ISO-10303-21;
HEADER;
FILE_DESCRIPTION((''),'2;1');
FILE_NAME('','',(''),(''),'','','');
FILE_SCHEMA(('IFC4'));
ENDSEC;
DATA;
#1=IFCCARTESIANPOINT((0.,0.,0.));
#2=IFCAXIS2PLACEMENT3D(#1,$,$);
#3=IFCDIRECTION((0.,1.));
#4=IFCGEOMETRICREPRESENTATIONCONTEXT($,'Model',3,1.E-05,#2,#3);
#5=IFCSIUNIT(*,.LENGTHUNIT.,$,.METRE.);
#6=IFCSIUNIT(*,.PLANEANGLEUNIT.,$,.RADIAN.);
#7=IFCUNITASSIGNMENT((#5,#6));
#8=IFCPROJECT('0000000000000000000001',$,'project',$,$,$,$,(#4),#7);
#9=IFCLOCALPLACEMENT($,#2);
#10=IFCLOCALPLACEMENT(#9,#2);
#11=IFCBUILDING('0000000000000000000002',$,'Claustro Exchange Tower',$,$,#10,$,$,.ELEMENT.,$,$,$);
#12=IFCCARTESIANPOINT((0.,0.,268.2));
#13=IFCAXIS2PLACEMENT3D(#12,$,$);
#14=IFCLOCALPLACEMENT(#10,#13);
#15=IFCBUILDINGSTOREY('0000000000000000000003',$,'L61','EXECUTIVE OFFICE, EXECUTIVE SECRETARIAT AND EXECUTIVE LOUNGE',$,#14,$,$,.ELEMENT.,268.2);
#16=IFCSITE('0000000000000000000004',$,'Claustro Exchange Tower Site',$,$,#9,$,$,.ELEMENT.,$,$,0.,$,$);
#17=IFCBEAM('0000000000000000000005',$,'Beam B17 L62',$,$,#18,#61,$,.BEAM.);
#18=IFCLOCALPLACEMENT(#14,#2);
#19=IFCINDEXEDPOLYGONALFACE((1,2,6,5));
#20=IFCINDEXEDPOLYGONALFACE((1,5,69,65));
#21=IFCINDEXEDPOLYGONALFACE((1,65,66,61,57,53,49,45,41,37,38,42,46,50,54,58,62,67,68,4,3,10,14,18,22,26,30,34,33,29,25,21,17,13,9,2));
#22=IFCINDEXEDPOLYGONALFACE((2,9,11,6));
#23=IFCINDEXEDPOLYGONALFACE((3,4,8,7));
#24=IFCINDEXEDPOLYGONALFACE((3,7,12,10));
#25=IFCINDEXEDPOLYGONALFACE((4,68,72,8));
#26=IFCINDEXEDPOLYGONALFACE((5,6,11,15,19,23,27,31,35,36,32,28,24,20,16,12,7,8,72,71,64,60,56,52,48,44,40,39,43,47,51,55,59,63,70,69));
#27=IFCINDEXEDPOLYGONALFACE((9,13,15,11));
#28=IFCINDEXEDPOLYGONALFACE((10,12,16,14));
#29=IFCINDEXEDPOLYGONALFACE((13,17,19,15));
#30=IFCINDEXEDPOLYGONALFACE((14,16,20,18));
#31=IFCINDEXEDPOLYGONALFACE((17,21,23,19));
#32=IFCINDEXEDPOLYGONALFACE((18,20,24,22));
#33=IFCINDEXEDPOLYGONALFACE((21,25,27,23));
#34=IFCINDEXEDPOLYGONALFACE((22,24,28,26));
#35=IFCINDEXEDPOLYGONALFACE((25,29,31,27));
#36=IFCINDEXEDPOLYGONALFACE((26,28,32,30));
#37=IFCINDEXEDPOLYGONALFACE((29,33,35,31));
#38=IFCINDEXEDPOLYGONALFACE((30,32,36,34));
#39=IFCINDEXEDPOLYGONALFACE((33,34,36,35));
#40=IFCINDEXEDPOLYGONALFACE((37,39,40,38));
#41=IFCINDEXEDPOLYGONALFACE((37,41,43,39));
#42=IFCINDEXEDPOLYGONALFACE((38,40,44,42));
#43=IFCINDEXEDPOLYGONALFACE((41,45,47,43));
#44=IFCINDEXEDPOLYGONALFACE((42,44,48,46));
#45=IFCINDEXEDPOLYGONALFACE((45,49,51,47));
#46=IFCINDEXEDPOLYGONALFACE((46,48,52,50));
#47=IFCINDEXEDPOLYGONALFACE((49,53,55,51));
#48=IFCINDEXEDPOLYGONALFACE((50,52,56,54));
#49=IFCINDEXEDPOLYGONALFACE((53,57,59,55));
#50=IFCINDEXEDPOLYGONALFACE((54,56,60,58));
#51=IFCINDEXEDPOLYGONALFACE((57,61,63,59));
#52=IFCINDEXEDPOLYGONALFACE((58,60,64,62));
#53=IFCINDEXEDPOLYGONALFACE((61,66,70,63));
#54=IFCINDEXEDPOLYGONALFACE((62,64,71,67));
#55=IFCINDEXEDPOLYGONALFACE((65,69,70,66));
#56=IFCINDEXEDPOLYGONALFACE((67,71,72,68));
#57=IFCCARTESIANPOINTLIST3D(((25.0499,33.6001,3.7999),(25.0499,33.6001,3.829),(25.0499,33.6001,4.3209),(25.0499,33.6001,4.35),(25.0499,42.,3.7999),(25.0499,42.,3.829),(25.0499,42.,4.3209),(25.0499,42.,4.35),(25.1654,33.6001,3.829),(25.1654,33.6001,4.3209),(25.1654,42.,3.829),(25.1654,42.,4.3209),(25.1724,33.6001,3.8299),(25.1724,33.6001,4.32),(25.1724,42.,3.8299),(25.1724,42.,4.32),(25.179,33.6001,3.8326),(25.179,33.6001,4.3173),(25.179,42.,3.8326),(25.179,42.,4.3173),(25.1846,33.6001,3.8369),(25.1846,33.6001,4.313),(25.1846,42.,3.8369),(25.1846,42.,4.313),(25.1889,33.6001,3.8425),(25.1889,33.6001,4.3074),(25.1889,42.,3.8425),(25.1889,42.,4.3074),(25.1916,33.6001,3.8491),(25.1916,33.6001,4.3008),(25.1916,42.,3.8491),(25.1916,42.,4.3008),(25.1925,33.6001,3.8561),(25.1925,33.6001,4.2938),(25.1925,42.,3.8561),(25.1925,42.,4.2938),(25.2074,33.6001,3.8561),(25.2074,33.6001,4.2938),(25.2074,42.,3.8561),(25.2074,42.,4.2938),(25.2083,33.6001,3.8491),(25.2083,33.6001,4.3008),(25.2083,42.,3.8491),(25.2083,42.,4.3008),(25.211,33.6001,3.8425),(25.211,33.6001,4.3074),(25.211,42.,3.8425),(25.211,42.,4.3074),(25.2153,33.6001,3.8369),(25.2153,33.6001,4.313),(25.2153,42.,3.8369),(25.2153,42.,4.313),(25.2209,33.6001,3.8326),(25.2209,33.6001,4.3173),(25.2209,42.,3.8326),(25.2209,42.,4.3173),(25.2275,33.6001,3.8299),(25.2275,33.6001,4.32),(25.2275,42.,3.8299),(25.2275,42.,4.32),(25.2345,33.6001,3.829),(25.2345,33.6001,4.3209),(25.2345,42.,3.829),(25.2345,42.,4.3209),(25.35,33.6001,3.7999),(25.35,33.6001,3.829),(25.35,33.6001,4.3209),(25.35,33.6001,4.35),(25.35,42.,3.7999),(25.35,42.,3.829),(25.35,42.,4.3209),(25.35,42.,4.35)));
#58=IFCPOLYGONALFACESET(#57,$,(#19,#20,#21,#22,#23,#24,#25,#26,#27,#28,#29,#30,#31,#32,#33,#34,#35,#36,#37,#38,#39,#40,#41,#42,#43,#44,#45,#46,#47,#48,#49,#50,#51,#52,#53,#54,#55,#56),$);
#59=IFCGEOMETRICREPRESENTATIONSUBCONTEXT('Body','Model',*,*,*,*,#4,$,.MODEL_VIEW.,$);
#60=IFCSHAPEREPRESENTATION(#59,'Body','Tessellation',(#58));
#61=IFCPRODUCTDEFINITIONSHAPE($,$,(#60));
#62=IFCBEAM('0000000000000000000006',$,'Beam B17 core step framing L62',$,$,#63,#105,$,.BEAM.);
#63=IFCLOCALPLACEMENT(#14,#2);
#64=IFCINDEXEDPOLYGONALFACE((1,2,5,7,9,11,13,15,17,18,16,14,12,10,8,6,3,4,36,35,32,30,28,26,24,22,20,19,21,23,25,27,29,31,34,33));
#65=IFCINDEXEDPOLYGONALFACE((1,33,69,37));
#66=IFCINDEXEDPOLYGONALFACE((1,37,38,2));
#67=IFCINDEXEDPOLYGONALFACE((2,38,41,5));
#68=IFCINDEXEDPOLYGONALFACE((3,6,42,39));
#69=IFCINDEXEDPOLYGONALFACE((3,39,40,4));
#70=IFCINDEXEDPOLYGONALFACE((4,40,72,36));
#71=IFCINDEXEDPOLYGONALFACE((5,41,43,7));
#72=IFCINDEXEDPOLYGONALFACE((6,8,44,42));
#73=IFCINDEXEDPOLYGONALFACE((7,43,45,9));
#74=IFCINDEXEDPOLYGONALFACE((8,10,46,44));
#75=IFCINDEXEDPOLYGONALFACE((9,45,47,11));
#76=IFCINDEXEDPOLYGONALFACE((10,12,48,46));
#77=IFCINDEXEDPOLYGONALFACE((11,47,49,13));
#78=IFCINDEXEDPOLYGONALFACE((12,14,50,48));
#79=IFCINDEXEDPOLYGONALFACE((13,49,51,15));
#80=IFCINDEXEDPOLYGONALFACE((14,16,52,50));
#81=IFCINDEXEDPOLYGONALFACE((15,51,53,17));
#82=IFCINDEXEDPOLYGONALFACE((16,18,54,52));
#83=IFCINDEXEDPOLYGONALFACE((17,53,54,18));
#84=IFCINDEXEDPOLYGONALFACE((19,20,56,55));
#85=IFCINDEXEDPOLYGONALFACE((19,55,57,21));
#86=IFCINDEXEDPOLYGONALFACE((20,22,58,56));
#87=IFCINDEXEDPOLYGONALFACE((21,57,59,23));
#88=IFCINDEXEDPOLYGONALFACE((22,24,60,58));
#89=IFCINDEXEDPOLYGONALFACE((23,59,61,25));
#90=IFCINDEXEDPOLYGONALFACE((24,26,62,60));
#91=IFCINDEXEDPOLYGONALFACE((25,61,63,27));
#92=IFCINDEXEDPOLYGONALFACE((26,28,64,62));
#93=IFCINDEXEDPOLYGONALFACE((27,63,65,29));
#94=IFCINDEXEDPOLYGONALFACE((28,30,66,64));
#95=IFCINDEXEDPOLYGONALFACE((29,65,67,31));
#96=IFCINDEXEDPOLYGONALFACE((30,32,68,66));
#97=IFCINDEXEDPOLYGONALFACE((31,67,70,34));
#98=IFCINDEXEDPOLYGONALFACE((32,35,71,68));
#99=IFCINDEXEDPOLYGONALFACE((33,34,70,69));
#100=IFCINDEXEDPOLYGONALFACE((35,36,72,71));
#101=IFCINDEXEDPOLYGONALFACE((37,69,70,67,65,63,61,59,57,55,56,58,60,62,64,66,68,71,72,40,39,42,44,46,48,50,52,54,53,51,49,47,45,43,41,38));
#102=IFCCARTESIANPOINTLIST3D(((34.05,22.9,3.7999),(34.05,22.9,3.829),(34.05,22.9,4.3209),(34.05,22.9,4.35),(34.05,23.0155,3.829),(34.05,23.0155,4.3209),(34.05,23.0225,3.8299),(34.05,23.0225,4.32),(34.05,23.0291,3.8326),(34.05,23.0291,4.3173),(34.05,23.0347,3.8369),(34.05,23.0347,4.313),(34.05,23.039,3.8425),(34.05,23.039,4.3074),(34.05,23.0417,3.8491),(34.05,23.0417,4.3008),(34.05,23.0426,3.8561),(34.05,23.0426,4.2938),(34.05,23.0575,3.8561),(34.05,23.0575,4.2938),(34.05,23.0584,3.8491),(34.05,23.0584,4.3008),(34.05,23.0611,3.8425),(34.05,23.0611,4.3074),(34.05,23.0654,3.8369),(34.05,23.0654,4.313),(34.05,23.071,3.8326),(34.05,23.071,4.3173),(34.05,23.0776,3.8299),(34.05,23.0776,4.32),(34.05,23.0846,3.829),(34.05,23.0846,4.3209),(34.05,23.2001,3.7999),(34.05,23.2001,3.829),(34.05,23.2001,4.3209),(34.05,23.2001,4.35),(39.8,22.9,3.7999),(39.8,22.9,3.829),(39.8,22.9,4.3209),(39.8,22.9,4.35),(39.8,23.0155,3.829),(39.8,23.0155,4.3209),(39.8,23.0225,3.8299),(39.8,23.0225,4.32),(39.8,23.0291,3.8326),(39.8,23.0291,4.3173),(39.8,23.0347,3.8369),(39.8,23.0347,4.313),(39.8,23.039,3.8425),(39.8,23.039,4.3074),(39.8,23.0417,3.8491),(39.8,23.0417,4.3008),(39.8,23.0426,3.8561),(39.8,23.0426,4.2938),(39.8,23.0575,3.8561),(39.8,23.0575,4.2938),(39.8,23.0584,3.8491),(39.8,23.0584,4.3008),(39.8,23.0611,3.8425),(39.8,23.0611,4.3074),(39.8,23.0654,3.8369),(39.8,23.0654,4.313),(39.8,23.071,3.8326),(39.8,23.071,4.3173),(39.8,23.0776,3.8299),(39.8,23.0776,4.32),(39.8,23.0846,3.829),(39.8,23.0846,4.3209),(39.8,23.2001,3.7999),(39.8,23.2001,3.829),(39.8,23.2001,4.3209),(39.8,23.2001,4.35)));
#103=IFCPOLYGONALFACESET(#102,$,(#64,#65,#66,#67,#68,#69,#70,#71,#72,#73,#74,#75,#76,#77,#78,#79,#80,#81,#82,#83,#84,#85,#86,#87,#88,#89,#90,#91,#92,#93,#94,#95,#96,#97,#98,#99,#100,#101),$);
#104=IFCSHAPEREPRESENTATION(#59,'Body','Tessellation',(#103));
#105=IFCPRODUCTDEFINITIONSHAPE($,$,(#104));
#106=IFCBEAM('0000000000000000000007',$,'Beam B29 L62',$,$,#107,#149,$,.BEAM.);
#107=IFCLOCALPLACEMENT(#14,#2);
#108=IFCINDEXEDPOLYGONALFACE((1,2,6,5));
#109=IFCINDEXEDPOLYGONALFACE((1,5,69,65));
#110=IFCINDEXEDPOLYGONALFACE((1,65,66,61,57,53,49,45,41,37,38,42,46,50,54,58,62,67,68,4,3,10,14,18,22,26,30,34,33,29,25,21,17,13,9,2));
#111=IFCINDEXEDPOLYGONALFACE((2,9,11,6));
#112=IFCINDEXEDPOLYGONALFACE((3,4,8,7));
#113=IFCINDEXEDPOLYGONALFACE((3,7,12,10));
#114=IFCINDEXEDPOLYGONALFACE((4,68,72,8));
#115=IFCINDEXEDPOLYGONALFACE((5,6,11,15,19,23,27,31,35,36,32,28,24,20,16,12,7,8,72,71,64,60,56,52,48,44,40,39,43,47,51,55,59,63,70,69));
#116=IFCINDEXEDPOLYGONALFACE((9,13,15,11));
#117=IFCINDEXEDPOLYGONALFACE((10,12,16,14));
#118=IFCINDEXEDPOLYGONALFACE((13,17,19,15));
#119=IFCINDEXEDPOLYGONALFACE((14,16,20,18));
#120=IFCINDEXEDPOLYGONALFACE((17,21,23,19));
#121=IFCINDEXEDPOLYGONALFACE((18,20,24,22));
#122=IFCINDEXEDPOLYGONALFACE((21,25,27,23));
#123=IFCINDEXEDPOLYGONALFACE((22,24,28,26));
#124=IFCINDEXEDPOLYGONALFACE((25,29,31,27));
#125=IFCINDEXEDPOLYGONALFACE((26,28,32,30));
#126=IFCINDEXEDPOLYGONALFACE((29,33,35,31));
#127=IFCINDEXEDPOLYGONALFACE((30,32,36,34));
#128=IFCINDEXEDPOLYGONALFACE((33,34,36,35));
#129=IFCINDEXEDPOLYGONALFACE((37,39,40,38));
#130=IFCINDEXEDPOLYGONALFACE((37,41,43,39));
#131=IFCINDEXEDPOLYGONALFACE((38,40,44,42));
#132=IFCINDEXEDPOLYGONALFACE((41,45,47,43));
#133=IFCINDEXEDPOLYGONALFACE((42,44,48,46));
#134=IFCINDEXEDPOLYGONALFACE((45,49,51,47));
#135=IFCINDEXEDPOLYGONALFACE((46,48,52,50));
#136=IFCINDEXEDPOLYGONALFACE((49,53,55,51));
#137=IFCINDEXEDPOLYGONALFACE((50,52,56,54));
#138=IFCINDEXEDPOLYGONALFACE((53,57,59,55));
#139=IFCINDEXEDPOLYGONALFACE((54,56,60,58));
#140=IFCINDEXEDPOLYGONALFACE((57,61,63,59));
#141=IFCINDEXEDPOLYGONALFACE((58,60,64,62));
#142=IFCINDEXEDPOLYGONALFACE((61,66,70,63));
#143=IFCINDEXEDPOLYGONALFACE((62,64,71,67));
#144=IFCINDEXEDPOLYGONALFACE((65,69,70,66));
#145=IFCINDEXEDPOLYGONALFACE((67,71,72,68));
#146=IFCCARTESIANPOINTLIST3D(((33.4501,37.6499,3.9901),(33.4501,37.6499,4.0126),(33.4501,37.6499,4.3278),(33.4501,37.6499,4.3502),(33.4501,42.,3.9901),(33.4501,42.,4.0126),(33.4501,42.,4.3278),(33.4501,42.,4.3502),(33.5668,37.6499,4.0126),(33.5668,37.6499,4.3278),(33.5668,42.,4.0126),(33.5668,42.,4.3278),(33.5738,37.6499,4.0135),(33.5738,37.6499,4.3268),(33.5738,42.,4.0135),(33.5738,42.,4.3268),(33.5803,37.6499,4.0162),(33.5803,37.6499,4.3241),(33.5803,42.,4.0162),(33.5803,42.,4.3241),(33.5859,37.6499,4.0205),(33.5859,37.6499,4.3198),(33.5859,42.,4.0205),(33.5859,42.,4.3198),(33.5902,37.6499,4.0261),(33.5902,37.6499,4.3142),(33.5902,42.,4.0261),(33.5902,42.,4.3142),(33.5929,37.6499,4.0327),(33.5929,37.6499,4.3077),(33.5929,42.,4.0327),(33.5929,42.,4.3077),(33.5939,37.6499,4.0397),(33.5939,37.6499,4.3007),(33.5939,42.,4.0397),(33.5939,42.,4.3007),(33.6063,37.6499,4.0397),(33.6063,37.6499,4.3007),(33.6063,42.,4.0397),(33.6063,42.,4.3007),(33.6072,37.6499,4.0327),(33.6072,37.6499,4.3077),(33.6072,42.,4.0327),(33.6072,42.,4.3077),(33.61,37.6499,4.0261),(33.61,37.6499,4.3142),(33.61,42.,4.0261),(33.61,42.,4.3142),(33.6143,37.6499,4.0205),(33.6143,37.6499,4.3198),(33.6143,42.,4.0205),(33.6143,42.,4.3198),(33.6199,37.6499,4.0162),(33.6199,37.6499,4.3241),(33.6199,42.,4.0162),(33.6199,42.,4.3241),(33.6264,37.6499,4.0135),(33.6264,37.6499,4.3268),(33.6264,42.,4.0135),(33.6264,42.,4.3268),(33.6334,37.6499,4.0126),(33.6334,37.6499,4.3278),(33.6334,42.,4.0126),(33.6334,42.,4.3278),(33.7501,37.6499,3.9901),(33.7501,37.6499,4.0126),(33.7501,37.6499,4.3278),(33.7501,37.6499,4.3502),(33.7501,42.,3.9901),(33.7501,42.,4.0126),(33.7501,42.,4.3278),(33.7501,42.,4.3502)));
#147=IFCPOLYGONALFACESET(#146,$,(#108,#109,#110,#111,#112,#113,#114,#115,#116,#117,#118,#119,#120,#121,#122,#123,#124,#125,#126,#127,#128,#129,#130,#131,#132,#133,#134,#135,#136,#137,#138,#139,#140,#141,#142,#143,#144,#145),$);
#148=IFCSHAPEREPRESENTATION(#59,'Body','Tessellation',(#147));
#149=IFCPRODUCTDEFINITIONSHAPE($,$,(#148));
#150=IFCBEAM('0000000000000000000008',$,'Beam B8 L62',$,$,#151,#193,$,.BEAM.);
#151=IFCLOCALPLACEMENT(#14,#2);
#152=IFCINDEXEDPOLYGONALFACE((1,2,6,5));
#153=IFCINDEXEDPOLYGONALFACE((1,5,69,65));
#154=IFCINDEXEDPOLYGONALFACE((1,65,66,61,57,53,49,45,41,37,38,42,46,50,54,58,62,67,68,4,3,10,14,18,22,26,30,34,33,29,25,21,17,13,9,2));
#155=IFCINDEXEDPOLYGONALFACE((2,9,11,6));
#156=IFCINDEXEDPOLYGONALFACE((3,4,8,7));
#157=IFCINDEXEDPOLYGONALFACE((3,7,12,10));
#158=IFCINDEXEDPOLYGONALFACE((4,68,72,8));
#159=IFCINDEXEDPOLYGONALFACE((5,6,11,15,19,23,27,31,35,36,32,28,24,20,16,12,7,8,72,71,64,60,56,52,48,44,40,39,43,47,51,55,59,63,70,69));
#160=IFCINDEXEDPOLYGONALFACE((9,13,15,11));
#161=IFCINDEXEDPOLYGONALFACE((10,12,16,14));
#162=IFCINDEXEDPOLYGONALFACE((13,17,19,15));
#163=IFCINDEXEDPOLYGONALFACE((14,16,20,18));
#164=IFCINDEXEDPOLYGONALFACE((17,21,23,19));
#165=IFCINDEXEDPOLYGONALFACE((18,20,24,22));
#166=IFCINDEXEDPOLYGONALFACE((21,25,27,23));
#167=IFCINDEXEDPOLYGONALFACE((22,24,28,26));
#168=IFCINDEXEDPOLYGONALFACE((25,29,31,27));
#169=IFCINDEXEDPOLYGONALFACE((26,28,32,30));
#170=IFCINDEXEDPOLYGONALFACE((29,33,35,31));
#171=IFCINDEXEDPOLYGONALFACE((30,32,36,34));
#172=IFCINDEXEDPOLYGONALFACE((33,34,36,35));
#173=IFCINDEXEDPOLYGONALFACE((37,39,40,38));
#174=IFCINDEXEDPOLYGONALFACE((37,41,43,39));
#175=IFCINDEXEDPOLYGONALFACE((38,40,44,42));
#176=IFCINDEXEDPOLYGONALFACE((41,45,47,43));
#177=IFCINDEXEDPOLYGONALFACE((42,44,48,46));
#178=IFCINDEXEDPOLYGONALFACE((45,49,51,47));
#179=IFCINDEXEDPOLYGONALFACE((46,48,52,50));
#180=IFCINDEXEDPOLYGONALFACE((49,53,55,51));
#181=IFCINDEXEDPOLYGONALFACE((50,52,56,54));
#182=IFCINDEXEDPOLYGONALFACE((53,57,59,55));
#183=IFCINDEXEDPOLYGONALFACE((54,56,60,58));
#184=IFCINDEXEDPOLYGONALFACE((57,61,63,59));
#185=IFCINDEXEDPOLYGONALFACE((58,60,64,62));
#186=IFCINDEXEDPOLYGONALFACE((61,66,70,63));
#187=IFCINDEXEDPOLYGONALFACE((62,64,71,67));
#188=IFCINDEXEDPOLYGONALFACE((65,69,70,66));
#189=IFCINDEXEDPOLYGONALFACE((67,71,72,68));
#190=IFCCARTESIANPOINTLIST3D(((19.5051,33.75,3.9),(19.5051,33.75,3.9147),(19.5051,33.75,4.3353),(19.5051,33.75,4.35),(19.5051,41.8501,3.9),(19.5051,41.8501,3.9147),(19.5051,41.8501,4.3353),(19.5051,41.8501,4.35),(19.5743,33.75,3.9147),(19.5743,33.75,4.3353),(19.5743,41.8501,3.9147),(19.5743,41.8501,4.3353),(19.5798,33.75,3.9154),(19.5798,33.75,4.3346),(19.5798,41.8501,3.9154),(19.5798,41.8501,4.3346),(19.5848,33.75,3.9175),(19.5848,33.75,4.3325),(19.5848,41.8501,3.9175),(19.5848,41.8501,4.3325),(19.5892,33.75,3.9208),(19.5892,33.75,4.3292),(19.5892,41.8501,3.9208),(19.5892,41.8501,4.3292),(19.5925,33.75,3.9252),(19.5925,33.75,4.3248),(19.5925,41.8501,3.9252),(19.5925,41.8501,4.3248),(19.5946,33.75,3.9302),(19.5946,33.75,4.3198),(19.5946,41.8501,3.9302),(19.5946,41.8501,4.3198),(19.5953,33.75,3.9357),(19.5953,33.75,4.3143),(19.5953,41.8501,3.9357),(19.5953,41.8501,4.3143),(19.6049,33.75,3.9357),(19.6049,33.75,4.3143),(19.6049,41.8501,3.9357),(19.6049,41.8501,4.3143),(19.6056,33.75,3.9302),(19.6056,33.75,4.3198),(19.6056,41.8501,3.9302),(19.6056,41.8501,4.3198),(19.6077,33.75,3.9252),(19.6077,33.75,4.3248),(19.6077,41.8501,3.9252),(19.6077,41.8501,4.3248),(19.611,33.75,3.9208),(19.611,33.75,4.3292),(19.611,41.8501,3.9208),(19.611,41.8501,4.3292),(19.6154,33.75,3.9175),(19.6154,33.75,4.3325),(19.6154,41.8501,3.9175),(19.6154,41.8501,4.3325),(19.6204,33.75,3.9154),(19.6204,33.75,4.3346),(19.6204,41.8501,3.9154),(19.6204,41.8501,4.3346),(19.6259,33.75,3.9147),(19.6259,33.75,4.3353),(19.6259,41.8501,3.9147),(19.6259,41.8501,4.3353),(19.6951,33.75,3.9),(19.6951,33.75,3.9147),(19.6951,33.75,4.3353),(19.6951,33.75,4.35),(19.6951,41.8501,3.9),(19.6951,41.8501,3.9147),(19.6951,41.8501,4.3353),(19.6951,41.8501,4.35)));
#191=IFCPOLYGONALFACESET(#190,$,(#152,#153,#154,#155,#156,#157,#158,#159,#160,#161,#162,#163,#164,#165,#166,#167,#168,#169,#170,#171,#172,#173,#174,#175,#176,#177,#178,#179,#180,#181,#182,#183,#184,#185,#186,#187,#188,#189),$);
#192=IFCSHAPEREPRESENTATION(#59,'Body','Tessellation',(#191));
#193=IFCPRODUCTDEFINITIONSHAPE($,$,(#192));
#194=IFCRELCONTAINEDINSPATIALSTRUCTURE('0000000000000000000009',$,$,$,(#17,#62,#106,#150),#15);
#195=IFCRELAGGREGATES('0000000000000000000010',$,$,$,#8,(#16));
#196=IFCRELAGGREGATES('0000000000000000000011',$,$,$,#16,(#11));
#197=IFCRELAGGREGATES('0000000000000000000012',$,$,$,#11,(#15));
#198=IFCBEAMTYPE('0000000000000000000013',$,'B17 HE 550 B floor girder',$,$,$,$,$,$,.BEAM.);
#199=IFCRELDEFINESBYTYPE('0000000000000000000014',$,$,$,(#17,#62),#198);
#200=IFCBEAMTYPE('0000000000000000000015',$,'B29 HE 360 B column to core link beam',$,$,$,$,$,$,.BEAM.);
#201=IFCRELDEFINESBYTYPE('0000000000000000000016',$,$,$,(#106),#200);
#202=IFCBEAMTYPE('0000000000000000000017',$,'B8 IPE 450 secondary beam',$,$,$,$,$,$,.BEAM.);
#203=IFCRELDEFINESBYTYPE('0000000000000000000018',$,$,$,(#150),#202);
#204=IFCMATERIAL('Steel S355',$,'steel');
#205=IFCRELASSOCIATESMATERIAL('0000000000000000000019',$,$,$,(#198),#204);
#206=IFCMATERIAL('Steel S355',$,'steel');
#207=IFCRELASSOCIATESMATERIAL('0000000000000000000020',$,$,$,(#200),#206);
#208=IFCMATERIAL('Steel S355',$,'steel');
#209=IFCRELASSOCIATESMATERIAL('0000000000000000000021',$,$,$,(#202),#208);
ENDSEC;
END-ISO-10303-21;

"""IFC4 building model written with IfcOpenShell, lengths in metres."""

from ifc_helpers import new_model, si_unit, direction, frame, origin, origin_2d, place, context, subcontext, project, spatial, i_section, extrude, material, material_profile, profile_set, type_object, element, save


model = new_model("IFC4")

# Units and contexts
model_context = context("Model", 3, precision=1e-05, world=origin(), true_north=direction((0.0, 1.0)))
body_context = subcontext(model_context, "Body", "Model", "MODEL_VIEW")
ifc_project = project(units=[si_unit("LENGTHUNIT", "METRE"), si_unit("PLANEANGLEUNIT", "RADIAN")], contexts=[model_context])

# Site, building, storey
site_placement = place(None, origin())
site = spatial("IfcSite", under=ifc_project, at=site_placement, Name="Claustro Exchange Tower Site", CompositionType="ELEMENT", RefElevation=0.0)
building_placement = place(site_placement, origin())
building = spatial("IfcBuilding", under=site, at=building_placement, Name="Claustro Exchange Tower", CompositionType="ELEMENT")
storey_placement = place(building_placement, frame((0.0, 0.0, 268.2)))
storey = spatial("IfcBuildingStorey", under=building, at=storey_placement, Name="L61", Description="EXECUTIVE OFFICE, EXECUTIVE SECRETARIAT AND EXECUTIVE LOUNGE", CompositionType="ELEMENT", Elevation=268.2)

# Beams
ifc_material_1 = material(Name="Steel S355", Category="steel")
ifc_material_profile_1 = material_profile(ifc_material_1, i_section(OverallWidth=0.3, OverallDepth=0.55, WebThickness=0.0149, FlangeThickness=0.0291, FilletRadius=0.0271, at=origin_2d()), Name="HE 550 B")
ifc_profile_set_1 = profile_set([ifc_material_profile_1], Name="Steel S355")
beam_type_1 = type_object("IfcBeamType", Name="B17 HE 550 B floor girder", PredefinedType="BEAM", material=ifc_profile_set_1)
beam_1_placement = place(storey_placement, frame((25.2, 33.6001, 4.075), z_axis=(0.0, 1.0, 0.0), x_axis=(-1.0, 0.0, 0.0)))
element("IfcBeam", 1, at=beam_1_placement, inside=storey, type_object=beam_type_1, Name="Beam B17 L62", PredefinedType="BEAM", context=body_context, shape_type="SweptSolid", body=[
    extrude(i_section(OverallWidth=0.3, OverallDepth=0.55, WebThickness=0.0149, FlangeThickness=0.0291, FilletRadius=0.0271, at=origin_2d()), origin(), (0.0, 0.0, 1.0), 8.3999),
])
beam_2_placement = place(storey_placement, frame((34.05, 23.05, 4.075), z_axis=(1.0, 0.0, 0.0), x_axis=(0.0, 1.0, 0.0)))
element("IfcBeam", 2, at=beam_2_placement, inside=storey, type_object=beam_type_1, Name="Beam B17 core step framing L62", PredefinedType="BEAM", context=body_context, shape_type="SweptSolid", body=[
    extrude(i_section(OverallWidth=0.3, OverallDepth=0.55, WebThickness=0.0149, FlangeThickness=0.0291, FilletRadius=0.0271, at=origin_2d()), origin(), (0.0, 0.0, 1.0), 5.75),
])
ifc_material_2 = material(Name="Steel S355", Category="steel")
ifc_material_profile_2 = material_profile(ifc_material_2, i_section(OverallWidth=0.3, OverallDepth=0.3601, WebThickness=0.0125, FlangeThickness=0.0225, FilletRadius=0.0271, at=origin_2d()), Name="HE 360 B")
ifc_profile_set_2 = profile_set([ifc_material_profile_2], Name="Steel S355")
beam_type_2 = type_object("IfcBeamType", Name="B29 HE 360 B column to core link beam", PredefinedType="BEAM", material=ifc_profile_set_2)
beam_3_placement = place(storey_placement, frame((33.6001, 37.6499, 4.1702), z_axis=(0.0, 1.0, 0.0), x_axis=(-1.0, 0.0, 0.0)))
element("IfcBeam", 3, at=beam_3_placement, inside=storey, type_object=beam_type_2, Name="Beam B29 L62", PredefinedType="BEAM", context=body_context, shape_type="SweptSolid", body=[
    extrude(i_section(OverallWidth=0.3, OverallDepth=0.3601, WebThickness=0.0125, FlangeThickness=0.0225, FilletRadius=0.0271, at=origin_2d()), origin(), (0.0, 0.0, 1.0), 4.3501),
])
ifc_material_3 = material(Name="Steel S355", Category="steel")
ifc_material_profile_3 = material_profile(ifc_material_3, i_section(OverallWidth=0.1899, OverallDepth=0.45, WebThickness=0.0095, FlangeThickness=0.0146, FilletRadius=0.021, at=origin_2d()), Name="IPE 450")
ifc_profile_set_3 = profile_set([ifc_material_profile_3], Name="Steel S355")
beam_type_3 = type_object("IfcBeamType", Name="B8 IPE 450 secondary beam", PredefinedType="BEAM", material=ifc_profile_set_3)
for number, where, z_axis, x_axis, name in (
    (4, (19.6001, 33.75, 4.125), (0.0, 1.0, 0.0), (-1.0, 0.0, 0.0), "Beam B8 L62"),
):
    element("IfcBeam", number, at=place(storey_placement, frame(where, z_axis=z_axis, x_axis=x_axis)), inside=storey, type_object=beam_type_3, Name=name, PredefinedType="BEAM", context=body_context, shape_type="SweptSolid", body=[
        extrude(i_section(OverallWidth=0.1899, OverallDepth=0.45, WebThickness=0.0095, FlangeThickness=0.0146, FilletRadius=0.021, at=origin_2d()), origin(), (0.0, 0.0, 1.0), 8.1001),
    ])

save(model, "model.ifc")
